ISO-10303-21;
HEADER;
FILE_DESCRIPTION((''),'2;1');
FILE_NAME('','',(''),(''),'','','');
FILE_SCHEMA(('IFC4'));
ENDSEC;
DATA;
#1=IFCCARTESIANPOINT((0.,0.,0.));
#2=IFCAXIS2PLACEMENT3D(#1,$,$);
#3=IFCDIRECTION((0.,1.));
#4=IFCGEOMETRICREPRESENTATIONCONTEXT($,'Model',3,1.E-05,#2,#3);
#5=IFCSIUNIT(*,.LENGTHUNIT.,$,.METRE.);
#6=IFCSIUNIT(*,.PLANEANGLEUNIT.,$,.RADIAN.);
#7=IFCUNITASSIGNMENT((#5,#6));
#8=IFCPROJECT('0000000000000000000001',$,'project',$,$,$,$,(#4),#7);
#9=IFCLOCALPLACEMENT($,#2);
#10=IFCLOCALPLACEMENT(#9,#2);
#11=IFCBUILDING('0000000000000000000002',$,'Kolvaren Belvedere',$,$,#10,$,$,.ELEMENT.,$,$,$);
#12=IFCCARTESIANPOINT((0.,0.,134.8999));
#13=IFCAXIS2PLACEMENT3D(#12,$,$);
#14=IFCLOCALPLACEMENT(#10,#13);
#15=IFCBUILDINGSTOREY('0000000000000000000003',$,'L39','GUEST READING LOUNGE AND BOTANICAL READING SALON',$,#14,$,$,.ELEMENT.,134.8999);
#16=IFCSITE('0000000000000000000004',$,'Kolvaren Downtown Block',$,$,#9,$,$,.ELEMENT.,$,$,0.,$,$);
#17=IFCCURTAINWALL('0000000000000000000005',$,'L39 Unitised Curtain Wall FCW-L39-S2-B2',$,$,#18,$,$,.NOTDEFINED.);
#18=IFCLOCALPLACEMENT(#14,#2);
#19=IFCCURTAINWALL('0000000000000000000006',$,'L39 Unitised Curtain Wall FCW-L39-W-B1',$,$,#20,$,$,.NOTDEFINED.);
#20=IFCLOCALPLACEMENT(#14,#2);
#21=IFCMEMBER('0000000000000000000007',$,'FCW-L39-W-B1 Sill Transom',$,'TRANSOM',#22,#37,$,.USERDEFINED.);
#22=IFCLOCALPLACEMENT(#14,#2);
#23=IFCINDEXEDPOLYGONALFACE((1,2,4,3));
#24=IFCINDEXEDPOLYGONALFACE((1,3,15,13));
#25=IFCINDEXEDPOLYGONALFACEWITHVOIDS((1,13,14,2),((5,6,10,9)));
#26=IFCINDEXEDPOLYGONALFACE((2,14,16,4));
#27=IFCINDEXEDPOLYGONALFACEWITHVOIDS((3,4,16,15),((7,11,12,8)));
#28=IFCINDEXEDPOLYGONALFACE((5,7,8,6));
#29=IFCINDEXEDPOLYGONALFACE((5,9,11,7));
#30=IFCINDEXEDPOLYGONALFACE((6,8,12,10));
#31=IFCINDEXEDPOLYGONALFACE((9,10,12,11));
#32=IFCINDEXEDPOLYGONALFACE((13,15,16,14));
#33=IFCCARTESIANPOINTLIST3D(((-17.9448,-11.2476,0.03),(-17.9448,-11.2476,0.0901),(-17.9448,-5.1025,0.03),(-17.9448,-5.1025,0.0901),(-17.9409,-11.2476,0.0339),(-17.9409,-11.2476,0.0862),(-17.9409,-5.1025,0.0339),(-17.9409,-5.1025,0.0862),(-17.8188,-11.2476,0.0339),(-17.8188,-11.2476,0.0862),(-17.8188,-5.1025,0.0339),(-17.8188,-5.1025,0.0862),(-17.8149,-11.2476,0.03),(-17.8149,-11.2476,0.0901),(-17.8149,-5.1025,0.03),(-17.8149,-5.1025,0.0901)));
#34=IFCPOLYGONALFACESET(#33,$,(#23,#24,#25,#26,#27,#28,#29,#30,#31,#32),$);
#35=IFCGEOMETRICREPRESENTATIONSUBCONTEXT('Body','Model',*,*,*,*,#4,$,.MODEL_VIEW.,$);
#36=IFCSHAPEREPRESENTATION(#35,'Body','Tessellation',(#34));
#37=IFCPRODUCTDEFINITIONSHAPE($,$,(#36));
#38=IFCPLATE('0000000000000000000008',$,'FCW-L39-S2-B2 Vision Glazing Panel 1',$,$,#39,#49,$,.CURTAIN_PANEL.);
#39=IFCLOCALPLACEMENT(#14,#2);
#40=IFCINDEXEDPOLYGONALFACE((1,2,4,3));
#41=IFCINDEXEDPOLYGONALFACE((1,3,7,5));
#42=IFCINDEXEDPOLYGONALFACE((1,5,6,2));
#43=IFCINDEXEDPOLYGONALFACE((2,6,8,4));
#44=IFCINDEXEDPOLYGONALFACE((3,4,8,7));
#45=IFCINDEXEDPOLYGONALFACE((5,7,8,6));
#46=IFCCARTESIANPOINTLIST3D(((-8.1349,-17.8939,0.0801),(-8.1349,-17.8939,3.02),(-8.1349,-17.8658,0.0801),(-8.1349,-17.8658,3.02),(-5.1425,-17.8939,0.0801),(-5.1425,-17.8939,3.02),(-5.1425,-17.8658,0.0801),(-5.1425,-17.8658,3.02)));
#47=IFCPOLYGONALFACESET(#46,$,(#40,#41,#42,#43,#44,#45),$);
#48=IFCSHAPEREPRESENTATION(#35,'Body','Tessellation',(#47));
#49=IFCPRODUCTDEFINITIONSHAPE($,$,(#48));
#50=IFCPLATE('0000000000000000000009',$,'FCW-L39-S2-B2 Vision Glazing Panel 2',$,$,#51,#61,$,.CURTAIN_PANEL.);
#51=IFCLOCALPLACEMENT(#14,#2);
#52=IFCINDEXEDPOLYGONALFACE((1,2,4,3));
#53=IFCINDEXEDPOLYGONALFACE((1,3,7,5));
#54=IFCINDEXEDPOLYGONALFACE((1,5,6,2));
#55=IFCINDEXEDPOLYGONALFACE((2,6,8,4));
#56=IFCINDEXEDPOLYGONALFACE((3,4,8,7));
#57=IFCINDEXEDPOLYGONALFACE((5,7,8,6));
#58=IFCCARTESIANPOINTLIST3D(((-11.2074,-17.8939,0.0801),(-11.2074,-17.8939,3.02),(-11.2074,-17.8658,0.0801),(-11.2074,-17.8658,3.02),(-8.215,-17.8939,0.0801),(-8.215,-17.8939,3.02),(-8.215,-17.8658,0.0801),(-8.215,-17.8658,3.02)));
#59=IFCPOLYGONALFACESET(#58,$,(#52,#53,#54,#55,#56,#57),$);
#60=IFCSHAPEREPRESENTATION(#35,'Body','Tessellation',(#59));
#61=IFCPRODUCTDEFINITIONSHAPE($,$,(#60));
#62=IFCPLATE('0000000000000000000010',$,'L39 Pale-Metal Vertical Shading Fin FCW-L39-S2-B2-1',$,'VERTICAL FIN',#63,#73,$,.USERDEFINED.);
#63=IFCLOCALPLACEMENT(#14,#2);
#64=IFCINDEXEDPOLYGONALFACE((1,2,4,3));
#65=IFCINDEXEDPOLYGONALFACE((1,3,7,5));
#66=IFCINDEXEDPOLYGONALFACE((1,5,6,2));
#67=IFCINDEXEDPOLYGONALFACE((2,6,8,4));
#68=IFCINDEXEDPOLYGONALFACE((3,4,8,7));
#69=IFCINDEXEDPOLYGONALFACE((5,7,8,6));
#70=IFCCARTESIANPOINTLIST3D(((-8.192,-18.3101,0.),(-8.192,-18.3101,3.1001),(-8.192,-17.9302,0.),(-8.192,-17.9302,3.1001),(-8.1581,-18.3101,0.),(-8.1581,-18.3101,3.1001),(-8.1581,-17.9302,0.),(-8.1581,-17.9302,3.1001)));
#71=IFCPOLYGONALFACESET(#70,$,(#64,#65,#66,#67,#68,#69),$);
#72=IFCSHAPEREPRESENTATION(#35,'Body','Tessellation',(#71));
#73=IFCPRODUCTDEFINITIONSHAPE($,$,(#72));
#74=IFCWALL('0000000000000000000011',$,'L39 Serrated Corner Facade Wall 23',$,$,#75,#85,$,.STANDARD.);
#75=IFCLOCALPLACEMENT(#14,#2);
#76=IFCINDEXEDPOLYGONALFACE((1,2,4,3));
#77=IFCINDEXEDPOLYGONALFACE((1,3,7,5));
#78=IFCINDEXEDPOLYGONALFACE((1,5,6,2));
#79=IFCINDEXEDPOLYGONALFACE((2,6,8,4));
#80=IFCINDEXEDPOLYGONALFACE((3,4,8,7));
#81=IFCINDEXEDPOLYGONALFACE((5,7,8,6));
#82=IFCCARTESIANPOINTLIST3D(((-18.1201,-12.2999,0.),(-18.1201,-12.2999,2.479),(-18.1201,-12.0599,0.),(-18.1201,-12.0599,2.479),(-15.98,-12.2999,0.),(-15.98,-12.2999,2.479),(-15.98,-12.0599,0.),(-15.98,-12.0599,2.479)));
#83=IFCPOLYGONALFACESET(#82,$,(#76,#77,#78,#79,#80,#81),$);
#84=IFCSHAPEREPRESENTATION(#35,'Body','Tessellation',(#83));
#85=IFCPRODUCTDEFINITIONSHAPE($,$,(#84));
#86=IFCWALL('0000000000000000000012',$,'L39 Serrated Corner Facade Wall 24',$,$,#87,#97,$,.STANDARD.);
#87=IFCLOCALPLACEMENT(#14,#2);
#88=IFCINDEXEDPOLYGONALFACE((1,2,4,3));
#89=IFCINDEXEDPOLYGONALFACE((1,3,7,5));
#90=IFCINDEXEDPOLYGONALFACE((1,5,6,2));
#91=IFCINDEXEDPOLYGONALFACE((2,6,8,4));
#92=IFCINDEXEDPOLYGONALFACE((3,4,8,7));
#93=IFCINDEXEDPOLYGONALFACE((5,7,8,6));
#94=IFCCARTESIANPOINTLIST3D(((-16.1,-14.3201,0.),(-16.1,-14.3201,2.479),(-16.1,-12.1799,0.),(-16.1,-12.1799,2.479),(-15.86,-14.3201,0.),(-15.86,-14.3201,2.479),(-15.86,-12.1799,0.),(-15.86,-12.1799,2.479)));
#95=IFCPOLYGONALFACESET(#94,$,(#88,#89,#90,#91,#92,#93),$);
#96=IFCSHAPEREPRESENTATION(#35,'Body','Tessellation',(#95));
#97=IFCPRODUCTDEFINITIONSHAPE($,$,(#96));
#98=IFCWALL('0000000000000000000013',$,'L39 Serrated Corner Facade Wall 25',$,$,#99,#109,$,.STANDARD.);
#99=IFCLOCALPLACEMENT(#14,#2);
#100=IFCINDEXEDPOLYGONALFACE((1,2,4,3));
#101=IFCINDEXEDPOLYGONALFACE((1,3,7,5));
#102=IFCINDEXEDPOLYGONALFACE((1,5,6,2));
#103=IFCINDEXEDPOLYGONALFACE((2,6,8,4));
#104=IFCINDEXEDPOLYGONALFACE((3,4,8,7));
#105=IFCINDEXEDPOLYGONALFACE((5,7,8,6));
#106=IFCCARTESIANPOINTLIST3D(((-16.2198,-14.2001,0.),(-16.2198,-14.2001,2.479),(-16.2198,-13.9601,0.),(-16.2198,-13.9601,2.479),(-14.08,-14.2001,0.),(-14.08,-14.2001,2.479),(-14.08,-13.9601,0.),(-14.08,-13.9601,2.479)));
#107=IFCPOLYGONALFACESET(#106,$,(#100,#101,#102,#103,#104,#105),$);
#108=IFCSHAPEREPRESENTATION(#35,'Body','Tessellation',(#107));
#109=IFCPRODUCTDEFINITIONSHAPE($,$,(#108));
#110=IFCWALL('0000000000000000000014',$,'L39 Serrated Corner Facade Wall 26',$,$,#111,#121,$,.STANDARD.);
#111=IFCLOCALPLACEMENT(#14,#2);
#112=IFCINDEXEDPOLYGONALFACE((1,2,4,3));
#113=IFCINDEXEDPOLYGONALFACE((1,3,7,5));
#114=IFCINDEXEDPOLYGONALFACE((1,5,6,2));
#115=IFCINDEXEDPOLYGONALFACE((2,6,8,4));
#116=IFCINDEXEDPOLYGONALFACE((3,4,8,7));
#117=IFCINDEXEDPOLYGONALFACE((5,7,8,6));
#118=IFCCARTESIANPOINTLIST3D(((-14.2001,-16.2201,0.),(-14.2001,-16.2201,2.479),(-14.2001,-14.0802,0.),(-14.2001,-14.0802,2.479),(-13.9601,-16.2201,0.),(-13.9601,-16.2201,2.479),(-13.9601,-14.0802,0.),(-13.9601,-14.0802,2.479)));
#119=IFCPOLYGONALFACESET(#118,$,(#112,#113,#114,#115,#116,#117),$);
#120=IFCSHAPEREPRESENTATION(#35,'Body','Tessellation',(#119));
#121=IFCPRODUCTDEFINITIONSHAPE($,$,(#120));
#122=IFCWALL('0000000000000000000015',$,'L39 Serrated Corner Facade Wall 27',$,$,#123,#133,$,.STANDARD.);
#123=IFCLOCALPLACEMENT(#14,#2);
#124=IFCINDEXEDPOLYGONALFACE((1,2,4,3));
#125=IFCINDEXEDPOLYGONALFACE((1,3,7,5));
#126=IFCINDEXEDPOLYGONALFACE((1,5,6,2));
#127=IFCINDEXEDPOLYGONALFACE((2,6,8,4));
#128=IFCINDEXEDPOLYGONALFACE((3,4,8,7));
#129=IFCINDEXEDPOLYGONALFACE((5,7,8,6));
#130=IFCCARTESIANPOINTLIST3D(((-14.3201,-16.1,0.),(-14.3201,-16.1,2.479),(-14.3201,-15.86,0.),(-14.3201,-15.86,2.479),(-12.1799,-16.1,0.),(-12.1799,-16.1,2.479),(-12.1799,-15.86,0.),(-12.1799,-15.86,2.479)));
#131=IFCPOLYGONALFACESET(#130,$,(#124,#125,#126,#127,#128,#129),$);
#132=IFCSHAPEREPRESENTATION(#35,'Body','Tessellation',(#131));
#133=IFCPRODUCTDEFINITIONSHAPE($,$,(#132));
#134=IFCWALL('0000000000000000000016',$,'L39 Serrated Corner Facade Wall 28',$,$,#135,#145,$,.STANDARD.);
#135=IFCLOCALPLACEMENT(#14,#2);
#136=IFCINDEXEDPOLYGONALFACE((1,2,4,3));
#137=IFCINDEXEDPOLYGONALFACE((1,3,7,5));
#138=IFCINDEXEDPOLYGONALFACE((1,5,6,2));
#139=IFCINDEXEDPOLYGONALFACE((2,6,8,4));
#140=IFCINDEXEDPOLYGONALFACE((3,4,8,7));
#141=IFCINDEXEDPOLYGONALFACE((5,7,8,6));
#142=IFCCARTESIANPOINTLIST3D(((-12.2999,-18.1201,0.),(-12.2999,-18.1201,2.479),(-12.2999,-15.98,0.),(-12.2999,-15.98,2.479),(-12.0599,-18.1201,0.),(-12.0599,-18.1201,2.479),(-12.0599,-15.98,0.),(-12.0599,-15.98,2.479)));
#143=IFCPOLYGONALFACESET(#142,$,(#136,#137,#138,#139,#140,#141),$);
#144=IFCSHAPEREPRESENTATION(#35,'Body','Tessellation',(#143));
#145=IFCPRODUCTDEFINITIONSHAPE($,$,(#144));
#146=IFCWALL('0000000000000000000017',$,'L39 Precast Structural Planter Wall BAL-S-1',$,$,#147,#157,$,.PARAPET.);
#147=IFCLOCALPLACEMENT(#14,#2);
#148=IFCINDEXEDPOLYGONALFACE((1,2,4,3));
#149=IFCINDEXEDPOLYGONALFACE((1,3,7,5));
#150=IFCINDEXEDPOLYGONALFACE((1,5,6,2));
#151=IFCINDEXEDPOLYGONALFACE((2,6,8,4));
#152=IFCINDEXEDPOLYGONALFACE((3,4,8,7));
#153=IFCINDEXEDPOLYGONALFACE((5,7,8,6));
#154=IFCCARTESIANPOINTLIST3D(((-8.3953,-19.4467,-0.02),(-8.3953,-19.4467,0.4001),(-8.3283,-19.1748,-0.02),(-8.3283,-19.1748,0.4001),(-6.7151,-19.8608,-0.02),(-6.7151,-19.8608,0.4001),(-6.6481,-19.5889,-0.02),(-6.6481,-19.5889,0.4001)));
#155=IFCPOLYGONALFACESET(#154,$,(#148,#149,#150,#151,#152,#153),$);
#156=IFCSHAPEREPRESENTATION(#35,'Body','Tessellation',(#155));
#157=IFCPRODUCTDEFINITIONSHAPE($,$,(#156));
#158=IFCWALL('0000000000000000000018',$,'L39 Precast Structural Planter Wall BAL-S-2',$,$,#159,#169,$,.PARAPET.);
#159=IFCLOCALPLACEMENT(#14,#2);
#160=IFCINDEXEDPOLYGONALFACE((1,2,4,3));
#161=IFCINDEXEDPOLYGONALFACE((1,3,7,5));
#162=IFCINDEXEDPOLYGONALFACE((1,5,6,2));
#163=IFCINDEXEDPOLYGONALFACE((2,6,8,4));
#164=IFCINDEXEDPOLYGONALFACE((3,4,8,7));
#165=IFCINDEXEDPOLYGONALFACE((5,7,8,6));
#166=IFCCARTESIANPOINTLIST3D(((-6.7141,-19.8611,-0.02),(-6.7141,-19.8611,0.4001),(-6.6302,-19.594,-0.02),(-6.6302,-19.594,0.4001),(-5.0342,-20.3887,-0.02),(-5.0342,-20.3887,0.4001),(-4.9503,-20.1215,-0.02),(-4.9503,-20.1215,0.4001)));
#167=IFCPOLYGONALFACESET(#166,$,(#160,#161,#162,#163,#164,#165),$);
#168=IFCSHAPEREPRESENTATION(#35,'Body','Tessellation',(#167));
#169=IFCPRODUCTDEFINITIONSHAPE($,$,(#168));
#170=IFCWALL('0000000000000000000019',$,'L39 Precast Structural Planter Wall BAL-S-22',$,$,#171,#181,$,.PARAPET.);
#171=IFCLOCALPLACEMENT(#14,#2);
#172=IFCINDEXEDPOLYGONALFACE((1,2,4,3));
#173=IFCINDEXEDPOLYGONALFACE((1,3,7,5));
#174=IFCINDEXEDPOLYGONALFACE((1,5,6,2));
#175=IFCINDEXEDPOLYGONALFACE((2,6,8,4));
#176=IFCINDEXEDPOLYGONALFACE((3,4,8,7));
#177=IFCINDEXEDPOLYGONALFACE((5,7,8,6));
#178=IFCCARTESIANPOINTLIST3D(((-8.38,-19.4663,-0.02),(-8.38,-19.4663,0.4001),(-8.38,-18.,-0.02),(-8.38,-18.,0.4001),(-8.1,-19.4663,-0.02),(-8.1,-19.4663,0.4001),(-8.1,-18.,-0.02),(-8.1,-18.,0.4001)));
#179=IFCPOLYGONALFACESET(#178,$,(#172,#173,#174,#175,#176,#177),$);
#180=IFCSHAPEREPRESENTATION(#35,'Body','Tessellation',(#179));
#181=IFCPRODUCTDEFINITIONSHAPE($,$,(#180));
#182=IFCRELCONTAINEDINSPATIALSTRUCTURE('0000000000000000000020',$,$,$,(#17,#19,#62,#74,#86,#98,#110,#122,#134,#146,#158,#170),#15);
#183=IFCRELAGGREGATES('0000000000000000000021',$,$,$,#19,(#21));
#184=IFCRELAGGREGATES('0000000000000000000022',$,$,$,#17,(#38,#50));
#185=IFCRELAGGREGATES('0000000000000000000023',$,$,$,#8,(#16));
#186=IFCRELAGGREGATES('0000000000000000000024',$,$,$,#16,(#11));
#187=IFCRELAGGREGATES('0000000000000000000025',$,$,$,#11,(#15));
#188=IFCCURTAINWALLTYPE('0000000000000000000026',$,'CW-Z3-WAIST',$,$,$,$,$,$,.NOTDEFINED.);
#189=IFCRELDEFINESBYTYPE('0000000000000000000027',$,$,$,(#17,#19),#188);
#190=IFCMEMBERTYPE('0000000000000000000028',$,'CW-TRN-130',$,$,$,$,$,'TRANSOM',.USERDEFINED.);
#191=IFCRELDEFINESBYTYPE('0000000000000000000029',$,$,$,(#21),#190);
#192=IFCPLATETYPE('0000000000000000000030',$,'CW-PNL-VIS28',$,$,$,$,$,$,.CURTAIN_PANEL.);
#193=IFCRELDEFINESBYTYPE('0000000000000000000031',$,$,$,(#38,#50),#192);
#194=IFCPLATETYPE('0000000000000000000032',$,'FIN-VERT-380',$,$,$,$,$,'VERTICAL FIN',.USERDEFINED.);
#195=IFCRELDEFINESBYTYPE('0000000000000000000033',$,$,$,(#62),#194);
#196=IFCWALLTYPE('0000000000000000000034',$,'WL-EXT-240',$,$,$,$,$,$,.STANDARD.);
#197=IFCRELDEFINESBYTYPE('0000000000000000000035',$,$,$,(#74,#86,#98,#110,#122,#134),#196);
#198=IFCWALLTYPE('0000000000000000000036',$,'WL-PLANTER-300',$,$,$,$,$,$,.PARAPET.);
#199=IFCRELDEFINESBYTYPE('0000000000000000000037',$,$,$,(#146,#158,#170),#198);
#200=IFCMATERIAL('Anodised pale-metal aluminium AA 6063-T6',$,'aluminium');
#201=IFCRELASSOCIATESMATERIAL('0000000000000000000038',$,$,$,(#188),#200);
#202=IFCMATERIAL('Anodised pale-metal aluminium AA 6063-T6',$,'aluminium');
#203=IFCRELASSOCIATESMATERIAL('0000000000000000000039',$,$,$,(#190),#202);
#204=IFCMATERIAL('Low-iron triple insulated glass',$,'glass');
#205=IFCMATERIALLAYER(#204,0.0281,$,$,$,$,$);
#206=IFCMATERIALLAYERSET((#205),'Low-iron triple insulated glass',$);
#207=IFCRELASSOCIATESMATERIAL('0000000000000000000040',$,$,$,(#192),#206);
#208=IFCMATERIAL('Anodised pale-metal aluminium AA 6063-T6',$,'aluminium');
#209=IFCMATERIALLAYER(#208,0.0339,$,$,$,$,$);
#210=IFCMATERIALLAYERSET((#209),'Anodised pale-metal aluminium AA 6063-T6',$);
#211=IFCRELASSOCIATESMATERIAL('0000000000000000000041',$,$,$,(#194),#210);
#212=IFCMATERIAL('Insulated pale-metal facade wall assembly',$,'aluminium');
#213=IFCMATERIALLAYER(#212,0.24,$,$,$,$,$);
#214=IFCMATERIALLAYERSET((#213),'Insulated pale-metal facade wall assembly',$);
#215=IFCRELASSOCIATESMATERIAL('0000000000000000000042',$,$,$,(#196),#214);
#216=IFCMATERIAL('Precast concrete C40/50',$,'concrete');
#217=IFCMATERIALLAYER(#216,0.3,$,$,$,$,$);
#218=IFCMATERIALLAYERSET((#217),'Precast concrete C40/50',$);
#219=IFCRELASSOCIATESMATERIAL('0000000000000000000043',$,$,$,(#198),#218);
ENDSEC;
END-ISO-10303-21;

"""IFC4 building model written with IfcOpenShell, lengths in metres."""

from ifc_helpers import new_model, si_unit, direction, frame, frame_2d, origin, origin_2d, place, context, subcontext, project, spatial, rectangle, hollow_rectangle, extrude, material, layer, layer_set, material_profile, profile_set, type_object, element, aggregate, save


model = new_model("IFC4")

# Units and contexts
model_context = context("Model", 3, precision=1e-05, world=origin(), true_north=direction((0.0, 1.0)))
body_context = subcontext(model_context, "Body", "Model", "MODEL_VIEW")
ifc_project = project(units=[si_unit("LENGTHUNIT", "METRE"), si_unit("PLANEANGLEUNIT", "RADIAN")], contexts=[model_context])

# Site, building, storey
site_placement = place(None, origin())
site = spatial("IfcSite", under=ifc_project, at=site_placement, Name="Kolvaren Downtown Block", CompositionType="ELEMENT", RefElevation=0.0)
building_placement = place(site_placement, origin())
building = spatial("IfcBuilding", under=site, at=building_placement, Name="Kolvaren Belvedere", CompositionType="ELEMENT")
storey_placement = place(building_placement, frame((0.0, 0.0, 134.8999)))
storey = spatial("IfcBuildingStorey", under=building, at=storey_placement, Name="L39", Description="GUEST READING LOUNGE AND BOTANICAL READING SALON", CompositionType="ELEMENT", Elevation=134.8999)

# Curtain walls, member
ifc_material_1 = material(Name="Anodised pale-metal aluminium AA 6063-T6", Category="aluminium")
curtain_wall_type = type_object("IfcCurtainWallType", Name="CW-Z3-WAIST", PredefinedType="NOTDEFINED", material=ifc_material_1)
curtain_wall_1_placement = place(storey_placement, origin())
curtain_wall_1 = element("IfcCurtainWall", 1, at=curtain_wall_1_placement, inside=storey, type_object=curtain_wall_type, Name="L39 Unitised Curtain Wall FCW-L39-S2-B2", PredefinedType="NOTDEFINED")
curtain_wall_2_placement = place(storey_placement, origin())
curtain_wall_2 = element("IfcCurtainWall", 2, at=curtain_wall_2_placement, inside=storey, type_object=curtain_wall_type, Name="L39 Unitised Curtain Wall FCW-L39-W-B1", PredefinedType="NOTDEFINED")
ifc_material_2 = material(Name="Anodised pale-metal aluminium AA 6063-T6", Category="aluminium")
ifc_material_profile_1 = material_profile(ifc_material_2, hollow_rectangle(XDim=0.0601, YDim=0.1299, WallThickness=0.0039, at=origin_2d()), Name="ALU-TRN-130X60")
ifc_profile_set_1 = profile_set([ifc_material_profile_1], Name="Anodised pale-metal aluminium AA 6063-T6")
member_type_1 = type_object("IfcMemberType", Name="CW-TRN-130", ElementType="TRANSOM", PredefinedType="USERDEFINED", material=ifc_profile_set_1)
member_1_placement = place(storey_placement, frame((-17.8799, -11.2476, 0.0601), z_axis=(0.0, 1.0, 0.0), x_axis=(0.0, 0.0, 1.0)))
member_1 = element("IfcMember", 3, at=member_1_placement, type_object=member_type_1, Name="FCW-L39-W-B1 Sill Transom", ObjectType="TRANSOM", PredefinedType="USERDEFINED", context=body_context, shape_type="SweptSolid", body=[
    extrude(hollow_rectangle(XDim=0.0601, YDim=0.1299, WallThickness=0.0039, at=origin_2d()), origin(), (0.0, 0.0, 1.0), 6.145),
])
aggregate(curtain_wall_2, [member_1])

# Plates
ifc_material_3 = material(Name="Low-iron triple insulated glass", Category="glass")
ifc_layer_1 = layer(ifc_material_3, 0.0281)
ifc_layer_set_1 = layer_set([ifc_layer_1], Name="Low-iron triple insulated glass")
plate_type_1 = type_object("IfcPlateType", Name="CW-PNL-VIS28", PredefinedType="CURTAIN_PANEL", material=ifc_layer_set_1)
plate_1_placement = place(storey_placement, frame((-6.6387, -17.8799, 0.0801), z_axis=(0.0, 0.0, 1.0), x_axis=(-1.0, 0.0, 0.0)))
plate_1 = element("IfcPlate", 4, at=plate_1_placement, type_object=plate_type_1, Name="FCW-L39-S2-B2 Vision Glazing Panel 1", PredefinedType="CURTAIN_PANEL", context=body_context, shape_type="SweptSolid", body=[
    extrude(rectangle(XDim=2.9924, YDim=0.0281, at=origin_2d()), origin(), (0.0, 0.0, 1.0), 2.9399),
])
plate_2_placement = place(storey_placement, frame((-9.7112, -17.8799, 0.0801), z_axis=(0.0, 0.0, 1.0), x_axis=(-1.0, 0.0, 0.0)))
plate_2 = element("IfcPlate", 5, at=plate_2_placement, type_object=plate_type_1, Name="FCW-L39-S2-B2 Vision Glazing Panel 2", PredefinedType="CURTAIN_PANEL", context=body_context, shape_type="SweptSolid", body=[
    extrude(rectangle(XDim=2.9924, YDim=0.0281, at=origin_2d()), origin(), (0.0, 0.0, 1.0), 2.9399),
])
aggregate(curtain_wall_1, [plate_1, plate_2])
ifc_material_4 = material(Name="Anodised pale-metal aluminium AA 6063-T6", Category="aluminium")
ifc_layer_2 = layer(ifc_material_4, 0.0339)
ifc_layer_set_2 = layer_set([ifc_layer_2], Name="Anodised pale-metal aluminium AA 6063-T6")
plate_type_2 = type_object("IfcPlateType", Name="FIN-VERT-380", ElementType="VERTICAL FIN", PredefinedType="USERDEFINED", material=ifc_layer_set_2)
plate_3_placement = place(storey_placement, frame((-8.175, -18.1201, 0.0), z_axis=(0.0, 0.0, 1.0), x_axis=(0.0, 1.0, 0.0)))
element("IfcPlate", 6, at=plate_3_placement, inside=storey, type_object=plate_type_2, Name="L39 Pale-Metal Vertical Shading Fin FCW-L39-S2-B2-1", ObjectType="VERTICAL FIN", PredefinedType="USERDEFINED", context=body_context, shape_type="SweptSolid", body=[
    extrude(rectangle(XDim=0.3799, YDim=0.0339, at=origin_2d()), origin(), (0.0, 0.0, 1.0), 3.1001),
])

# Walls
ifc_material_5 = material(Name="Insulated pale-metal facade wall assembly", Category="aluminium")
ifc_layer_3 = layer(ifc_material_5, 0.24)
ifc_layer_set_3 = layer_set([ifc_layer_3], Name="Insulated pale-metal facade wall assembly")
wall_type_1 = type_object("IfcWallType", Name="WL-EXT-240", PredefinedType="STANDARD", material=ifc_layer_set_3)
for number, where, z_axis, x_axis, name in (
    (7, (-15.98, -12.1799, 0.0), (0.0, 0.0, 1.0), (-1.0, 0.0, 0.0), "L39 Serrated Corner Facade Wall 23"),
    (8, (-15.98, -14.3201, 0.0), (0.0, 0.0, 1.0), (0.0, 1.0, 0.0), "L39 Serrated Corner Facade Wall 24"),
):
    element("IfcWall", number, at=place(storey_placement, frame(where, z_axis=z_axis, x_axis=x_axis)), inside=storey, type_object=wall_type_1, Name=name, PredefinedType="STANDARD", context=body_context, shape_type="SweptSolid", body=[
        extrude(rectangle(XDim=2.1401, YDim=0.24, at=frame_2d((1.0701, 0.0))), origin(), (0.0, 0.0, 1.0), 2.479),
    ])
for number, where, z_axis, x_axis, name in (
    (9, (-14.0801, -14.0801, 0.0), (0.0, 0.0, 1.0), (-1.0, 0.0, 0.0), "L39 Serrated Corner Facade Wall 25"),
    (10, (-14.0801, -16.22, 0.0), (0.0, 0.0, 1.0), (0.0, 1.0, 0.0), "L39 Serrated Corner Facade Wall 26"),
):
    element("IfcWall", number, at=place(storey_placement, frame(where, z_axis=z_axis, x_axis=x_axis)), inside=storey, type_object=wall_type_1, Name=name, PredefinedType="STANDARD", context=body_context, shape_type="SweptSolid", body=[
        extrude(rectangle(XDim=2.1399, YDim=0.24, at=frame_2d((1.0698, 0.0))), origin(), (0.0, 0.0, 1.0), 2.479),
    ])
for number, where, z_axis, x_axis, name in (
    (11, (-12.1799, -15.98, 0.0), (0.0, 0.0, 1.0), (-1.0, 0.0, 0.0), "L39 Serrated Corner Facade Wall 27"),
    (12, (-12.1799, -18.1201, 0.0), (0.0, 0.0, 1.0), (0.0, 1.0, 0.0), "L39 Serrated Corner Facade Wall 28"),
):
    element("IfcWall", number, at=place(storey_placement, frame(where, z_axis=z_axis, x_axis=x_axis)), inside=storey, type_object=wall_type_1, Name=name, PredefinedType="STANDARD", context=body_context, shape_type="SweptSolid", body=[
        extrude(rectangle(XDim=2.1401, YDim=0.24, at=frame_2d((1.0701, 0.0))), origin(), (0.0, 0.0, 1.0), 2.479),
    ])
ifc_material_6 = material(Name="Precast concrete C40/50", Category="concrete")
ifc_layer_4 = layer(ifc_material_6, 0.3)
ifc_layer_set_4 = layer_set([ifc_layer_4], Name="Precast concrete C40/50")
wall_type_2 = type_object("IfcWallType", Name="WL-PLANTER-300", PredefinedType="PARAPET", material=ifc_layer_set_4)
wall_1_placement = place(storey_placement, frame((-8.3618, -19.3108, -0.02), z_axis=(0.0, 0.0, 1.0), x_axis=(0.97095, -0.239281, 0.0)))
element("IfcWall", 13, at=wall_1_placement, inside=storey, type_object=wall_type_2, Name="L39 Precast Structural Planter Wall BAL-S-1", PredefinedType="PARAPET", context=body_context, shape_type="SweptSolid", body=[
    extrude(rectangle(XDim=1.7305, YDim=0.28, at=frame_2d((0.8652, 0.0))), origin(), (0.0, 0.0, 1.0), 0.4202),
])
wall_2_placement = place(storey_placement, frame((-6.6721, -19.7275, -0.02), z_axis=(0.0, 0.0, 1.0), x_axis=(0.954057, -0.299625, 0.0)))
element("IfcWall", 14, at=wall_2_placement, inside=storey, type_object=wall_type_2, Name="L39 Precast Structural Planter Wall BAL-S-2", PredefinedType="PARAPET", context=body_context, shape_type="SweptSolid", body=[
    extrude(rectangle(XDim=1.7607, YDim=0.28, at=frame_2d((0.8804, 0.0))), origin(), (0.0, 0.0, 1.0), 0.4202),
])
wall_3_placement = place(storey_placement, frame((-8.24, -18.0, -0.02), z_axis=(0.0, 0.0, 1.0), x_axis=(0.0, -1.0, 0.0)))
element("IfcWall", 15, at=wall_3_placement, inside=storey, type_object=wall_type_2, Name="L39 Precast Structural Planter Wall BAL-S-22", PredefinedType="PARAPET", context=body_context, shape_type="SweptSolid", body=[
    extrude(rectangle(XDim=1.4663, YDim=0.28, at=frame_2d((0.7332, 0.0))), origin(), (0.0, 0.0, 1.0), 0.4202),
])

save(model, "model.ifc")
